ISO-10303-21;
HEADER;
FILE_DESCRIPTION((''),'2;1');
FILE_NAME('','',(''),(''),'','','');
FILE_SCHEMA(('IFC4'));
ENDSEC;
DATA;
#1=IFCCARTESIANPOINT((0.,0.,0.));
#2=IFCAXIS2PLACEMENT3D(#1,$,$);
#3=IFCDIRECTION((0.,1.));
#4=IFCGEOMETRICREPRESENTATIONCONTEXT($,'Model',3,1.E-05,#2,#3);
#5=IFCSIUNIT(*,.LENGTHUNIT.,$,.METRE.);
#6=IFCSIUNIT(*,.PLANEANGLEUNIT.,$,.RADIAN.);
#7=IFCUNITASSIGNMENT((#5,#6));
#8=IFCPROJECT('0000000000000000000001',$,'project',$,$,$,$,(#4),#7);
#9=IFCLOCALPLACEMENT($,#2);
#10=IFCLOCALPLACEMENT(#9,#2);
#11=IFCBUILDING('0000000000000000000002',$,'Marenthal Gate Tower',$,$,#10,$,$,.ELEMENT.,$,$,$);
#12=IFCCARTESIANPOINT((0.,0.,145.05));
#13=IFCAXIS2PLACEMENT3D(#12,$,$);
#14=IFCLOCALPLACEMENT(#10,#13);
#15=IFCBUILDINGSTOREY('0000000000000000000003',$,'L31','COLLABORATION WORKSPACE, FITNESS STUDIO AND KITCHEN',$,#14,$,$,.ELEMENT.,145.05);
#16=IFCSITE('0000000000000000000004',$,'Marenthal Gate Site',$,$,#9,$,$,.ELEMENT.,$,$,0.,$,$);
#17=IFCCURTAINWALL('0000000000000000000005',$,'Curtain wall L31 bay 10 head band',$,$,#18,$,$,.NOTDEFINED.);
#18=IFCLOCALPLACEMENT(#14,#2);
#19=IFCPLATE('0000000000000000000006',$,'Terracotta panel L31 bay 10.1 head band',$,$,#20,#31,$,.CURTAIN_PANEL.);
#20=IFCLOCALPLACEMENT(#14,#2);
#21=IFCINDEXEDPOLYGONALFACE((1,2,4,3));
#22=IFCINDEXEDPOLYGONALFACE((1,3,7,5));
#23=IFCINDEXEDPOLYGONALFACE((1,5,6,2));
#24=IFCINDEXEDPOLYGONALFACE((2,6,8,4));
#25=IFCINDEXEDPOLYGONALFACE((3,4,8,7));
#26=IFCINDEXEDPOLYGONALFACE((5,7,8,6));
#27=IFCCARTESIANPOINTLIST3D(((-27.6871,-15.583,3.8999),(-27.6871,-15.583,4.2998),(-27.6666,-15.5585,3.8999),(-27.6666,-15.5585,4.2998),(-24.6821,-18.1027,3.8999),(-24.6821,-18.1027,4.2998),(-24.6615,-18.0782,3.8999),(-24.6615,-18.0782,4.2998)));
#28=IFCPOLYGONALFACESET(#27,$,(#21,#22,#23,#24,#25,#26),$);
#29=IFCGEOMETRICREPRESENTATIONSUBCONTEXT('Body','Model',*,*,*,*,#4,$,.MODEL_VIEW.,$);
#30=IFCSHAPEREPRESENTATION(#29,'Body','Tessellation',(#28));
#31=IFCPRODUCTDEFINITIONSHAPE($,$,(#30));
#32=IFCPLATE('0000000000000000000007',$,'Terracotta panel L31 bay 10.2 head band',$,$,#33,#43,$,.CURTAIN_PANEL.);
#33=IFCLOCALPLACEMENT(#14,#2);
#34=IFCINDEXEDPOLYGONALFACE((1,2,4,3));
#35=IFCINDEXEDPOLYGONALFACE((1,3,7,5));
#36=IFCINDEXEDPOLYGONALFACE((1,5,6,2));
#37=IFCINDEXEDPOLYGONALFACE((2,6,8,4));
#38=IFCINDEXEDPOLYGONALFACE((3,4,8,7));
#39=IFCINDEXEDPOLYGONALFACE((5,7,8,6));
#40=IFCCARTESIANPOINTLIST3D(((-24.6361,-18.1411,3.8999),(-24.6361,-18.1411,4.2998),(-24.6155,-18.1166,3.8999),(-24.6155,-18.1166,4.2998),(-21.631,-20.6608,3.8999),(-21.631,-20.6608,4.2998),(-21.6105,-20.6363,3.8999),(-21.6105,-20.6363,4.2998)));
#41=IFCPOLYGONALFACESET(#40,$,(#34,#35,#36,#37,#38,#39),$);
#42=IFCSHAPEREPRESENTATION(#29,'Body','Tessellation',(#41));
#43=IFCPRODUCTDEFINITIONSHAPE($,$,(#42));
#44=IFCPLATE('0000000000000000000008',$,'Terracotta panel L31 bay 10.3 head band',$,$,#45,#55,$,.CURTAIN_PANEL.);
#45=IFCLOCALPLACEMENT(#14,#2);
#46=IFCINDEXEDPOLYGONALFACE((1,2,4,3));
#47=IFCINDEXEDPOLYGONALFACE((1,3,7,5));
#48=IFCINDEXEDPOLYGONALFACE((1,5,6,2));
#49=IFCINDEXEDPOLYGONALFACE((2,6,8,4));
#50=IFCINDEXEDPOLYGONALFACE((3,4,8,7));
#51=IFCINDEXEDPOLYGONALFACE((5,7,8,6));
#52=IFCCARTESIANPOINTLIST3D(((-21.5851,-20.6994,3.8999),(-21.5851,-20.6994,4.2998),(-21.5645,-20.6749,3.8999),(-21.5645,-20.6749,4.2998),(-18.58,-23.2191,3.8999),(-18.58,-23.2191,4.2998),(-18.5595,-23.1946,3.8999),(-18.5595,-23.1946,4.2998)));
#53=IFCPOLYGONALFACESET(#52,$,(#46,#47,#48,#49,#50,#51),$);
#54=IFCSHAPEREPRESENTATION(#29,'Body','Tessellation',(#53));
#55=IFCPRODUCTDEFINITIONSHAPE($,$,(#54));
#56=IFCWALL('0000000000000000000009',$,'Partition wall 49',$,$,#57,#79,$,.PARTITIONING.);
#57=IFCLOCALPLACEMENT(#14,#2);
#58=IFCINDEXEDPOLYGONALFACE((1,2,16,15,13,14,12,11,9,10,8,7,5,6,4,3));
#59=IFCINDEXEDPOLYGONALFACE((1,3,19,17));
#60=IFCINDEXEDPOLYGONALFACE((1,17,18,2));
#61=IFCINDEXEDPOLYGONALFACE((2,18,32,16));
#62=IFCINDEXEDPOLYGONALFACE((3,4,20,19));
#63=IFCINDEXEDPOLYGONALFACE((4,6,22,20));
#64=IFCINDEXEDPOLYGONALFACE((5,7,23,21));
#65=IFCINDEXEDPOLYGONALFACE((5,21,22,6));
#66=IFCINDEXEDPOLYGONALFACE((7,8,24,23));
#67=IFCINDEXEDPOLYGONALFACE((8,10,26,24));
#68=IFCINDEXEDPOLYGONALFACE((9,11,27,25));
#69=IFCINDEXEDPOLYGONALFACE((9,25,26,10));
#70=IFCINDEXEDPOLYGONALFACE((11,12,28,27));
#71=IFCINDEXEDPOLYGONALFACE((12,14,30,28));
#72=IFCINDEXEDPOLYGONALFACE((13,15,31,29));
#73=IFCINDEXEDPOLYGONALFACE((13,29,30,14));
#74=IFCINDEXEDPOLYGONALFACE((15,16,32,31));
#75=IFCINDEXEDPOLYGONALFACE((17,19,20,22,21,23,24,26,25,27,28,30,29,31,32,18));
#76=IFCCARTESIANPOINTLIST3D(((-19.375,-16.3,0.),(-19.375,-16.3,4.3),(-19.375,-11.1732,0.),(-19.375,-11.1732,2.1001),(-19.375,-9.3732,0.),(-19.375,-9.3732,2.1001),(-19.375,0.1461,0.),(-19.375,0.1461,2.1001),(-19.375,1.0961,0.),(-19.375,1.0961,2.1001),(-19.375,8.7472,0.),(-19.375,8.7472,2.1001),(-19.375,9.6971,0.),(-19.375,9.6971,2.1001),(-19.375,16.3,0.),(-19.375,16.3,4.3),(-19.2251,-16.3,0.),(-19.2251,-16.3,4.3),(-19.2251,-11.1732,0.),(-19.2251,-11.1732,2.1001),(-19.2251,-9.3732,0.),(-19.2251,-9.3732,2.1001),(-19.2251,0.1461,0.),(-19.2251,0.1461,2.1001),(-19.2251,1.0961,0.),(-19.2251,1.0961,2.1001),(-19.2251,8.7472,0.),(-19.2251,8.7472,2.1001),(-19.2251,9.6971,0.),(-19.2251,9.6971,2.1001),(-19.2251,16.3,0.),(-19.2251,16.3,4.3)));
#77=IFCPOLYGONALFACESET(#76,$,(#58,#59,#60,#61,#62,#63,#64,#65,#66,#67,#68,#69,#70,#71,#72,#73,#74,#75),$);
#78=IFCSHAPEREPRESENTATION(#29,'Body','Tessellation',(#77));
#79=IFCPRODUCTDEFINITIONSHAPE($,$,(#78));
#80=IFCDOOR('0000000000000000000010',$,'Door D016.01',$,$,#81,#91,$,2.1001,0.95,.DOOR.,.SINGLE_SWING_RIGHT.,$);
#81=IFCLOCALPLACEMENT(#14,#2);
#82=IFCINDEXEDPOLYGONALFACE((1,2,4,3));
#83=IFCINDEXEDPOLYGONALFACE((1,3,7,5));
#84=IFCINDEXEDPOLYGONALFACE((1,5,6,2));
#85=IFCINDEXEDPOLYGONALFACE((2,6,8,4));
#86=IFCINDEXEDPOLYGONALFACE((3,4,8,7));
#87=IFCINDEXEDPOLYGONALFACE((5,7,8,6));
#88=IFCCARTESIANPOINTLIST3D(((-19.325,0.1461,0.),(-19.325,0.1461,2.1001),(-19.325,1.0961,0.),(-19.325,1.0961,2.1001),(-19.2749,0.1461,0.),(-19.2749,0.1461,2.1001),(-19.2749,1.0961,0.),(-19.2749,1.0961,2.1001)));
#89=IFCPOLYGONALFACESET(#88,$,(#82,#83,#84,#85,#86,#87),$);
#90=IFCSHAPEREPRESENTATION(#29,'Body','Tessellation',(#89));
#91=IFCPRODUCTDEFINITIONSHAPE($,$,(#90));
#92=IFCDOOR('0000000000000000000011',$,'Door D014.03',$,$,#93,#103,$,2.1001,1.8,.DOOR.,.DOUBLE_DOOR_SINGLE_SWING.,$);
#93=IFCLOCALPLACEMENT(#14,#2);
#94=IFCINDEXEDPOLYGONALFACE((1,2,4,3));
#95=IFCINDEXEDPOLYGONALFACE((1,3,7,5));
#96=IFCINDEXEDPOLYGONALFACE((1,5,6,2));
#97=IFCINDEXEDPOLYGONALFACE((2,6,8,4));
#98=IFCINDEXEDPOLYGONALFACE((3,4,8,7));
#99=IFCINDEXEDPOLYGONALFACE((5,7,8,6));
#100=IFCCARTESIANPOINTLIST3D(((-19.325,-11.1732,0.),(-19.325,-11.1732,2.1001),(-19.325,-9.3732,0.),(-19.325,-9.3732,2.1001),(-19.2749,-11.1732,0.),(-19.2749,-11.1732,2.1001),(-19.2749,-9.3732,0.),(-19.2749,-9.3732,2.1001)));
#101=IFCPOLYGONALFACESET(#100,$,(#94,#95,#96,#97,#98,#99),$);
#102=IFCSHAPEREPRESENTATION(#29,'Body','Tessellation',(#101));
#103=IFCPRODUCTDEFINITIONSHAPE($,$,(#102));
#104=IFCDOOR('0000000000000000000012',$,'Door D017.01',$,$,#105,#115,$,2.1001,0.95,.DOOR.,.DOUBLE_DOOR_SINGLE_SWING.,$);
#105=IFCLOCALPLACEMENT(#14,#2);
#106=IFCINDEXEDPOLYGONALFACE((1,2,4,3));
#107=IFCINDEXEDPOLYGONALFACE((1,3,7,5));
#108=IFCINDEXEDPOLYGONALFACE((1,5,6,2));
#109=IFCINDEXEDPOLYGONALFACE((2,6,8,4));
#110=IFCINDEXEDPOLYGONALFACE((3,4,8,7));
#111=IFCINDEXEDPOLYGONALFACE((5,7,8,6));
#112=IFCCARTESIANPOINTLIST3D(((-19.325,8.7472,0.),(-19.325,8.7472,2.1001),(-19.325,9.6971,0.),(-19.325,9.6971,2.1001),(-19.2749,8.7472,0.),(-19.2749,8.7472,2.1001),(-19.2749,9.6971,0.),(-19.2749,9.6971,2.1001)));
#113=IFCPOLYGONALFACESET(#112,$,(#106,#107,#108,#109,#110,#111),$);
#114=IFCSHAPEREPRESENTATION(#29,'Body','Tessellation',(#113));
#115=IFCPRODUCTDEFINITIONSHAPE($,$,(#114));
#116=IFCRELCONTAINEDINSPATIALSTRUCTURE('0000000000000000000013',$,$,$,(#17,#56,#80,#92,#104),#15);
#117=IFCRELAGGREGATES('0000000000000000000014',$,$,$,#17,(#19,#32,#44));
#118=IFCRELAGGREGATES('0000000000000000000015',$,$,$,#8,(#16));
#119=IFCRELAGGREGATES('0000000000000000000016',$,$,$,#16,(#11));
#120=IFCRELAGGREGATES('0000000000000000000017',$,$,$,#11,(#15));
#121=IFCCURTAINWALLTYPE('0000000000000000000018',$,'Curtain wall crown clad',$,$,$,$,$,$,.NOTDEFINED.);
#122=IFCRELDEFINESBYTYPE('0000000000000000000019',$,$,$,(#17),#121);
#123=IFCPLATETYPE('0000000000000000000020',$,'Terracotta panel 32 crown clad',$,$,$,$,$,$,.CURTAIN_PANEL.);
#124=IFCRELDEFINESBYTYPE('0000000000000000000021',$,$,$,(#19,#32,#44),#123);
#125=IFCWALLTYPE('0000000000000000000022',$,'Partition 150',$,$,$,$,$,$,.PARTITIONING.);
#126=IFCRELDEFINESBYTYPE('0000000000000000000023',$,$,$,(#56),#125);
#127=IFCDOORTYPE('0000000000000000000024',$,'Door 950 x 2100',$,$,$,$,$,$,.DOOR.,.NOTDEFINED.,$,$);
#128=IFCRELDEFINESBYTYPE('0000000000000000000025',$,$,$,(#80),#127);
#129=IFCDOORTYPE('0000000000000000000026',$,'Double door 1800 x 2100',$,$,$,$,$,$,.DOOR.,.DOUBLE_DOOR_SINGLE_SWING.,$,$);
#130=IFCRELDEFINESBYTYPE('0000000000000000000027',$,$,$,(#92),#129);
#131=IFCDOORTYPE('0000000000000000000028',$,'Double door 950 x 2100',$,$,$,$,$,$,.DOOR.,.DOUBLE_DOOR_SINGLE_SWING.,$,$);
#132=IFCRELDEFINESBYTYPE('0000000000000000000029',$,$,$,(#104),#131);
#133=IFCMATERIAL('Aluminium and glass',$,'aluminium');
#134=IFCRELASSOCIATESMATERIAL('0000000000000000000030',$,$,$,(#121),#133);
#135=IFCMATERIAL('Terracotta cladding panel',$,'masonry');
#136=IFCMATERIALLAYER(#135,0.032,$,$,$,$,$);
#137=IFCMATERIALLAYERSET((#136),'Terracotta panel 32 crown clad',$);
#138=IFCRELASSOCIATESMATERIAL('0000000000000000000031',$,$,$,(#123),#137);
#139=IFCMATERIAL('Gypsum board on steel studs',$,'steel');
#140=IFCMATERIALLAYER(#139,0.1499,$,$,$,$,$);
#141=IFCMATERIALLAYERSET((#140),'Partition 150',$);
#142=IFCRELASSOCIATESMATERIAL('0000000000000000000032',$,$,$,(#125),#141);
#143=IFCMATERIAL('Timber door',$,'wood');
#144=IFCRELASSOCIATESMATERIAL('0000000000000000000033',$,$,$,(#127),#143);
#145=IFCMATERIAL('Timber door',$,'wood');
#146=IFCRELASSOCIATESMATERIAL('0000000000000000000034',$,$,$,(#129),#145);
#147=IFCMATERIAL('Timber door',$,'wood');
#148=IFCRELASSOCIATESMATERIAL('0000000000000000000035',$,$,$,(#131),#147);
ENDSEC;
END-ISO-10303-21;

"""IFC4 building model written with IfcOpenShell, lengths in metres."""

from ifc_helpers import new_model, si_unit, direction, frame, frame_2d, origin, origin_2d, place, context, subcontext, project, spatial, rectangle, extrude, material, layer, layer_set, type_object, element, fill, aggregate, save


model = new_model("IFC4")

# Units and contexts
model_context = context("Model", 3, precision=1e-05, world=origin(), true_north=direction((0.0, 1.0)))
body_context = subcontext(model_context, "Body", "Model", "MODEL_VIEW")
ifc_project = project(units=[si_unit("LENGTHUNIT", "METRE"), si_unit("PLANEANGLEUNIT", "RADIAN")], contexts=[model_context])

# Site, building, storey
site_placement = place(None, origin())
site = spatial("IfcSite", under=ifc_project, at=site_placement, Name="Marenthal Gate Site", CompositionType="ELEMENT", RefElevation=0.0)
building_placement = place(site_placement, origin())
building = spatial("IfcBuilding", under=site, at=building_placement, Name="Marenthal Gate Tower", CompositionType="ELEMENT")
storey_placement = place(building_placement, frame((0.0, 0.0, 145.05)))
storey = spatial("IfcBuildingStorey", under=building, at=storey_placement, Name="L31", Description="COLLABORATION WORKSPACE, FITNESS STUDIO AND KITCHEN", CompositionType="ELEMENT", Elevation=145.05)

# Shared definitions
ifc_material_1 = material(Name="Aluminium and glass", Category="aluminium")
curtain_wall_type_1 = type_object("IfcCurtainWallType", Name="Curtain wall crown clad", PredefinedType="NOTDEFINED", material=ifc_material_1)

# Curtain wall
curtain_wall_1_placement = place(storey_placement, origin())
curtain_wall_1 = element("IfcCurtainWall", 1, at=curtain_wall_1_placement, inside=storey, type_object=curtain_wall_type_1, Name="Curtain wall L31 bay 10 head band", PredefinedType="NOTDEFINED")

# Plates
ifc_material_2 = material(Name="Terracotta cladding panel", Category="masonry")
ifc_layer_1 = layer(ifc_material_2, 0.032)
ifc_layer_set_1 = layer_set([ifc_layer_1], Name="Terracotta panel 32 crown clad")
plate_type_1 = type_object("IfcPlateType", Name="Terracotta panel 32 crown clad", PredefinedType="CURTAIN_PANEL", material=ifc_layer_set_1)
plate_1_placement = place(storey_placement, frame((-26.1743, -16.8306, 3.8999), z_axis=(0.0, 0.0, 1.0), x_axis=(0.766277, -0.642511, 0.0)))
plate_1 = element("IfcPlate", 2, at=plate_1_placement, type_object=plate_type_1, Name="Terracotta panel L31 bay 10.1 head band", PredefinedType="CURTAIN_PANEL", context=body_context, shape_type="SweptSolid", body=[
    extrude(rectangle(XDim=3.9216, YDim=0.032, at=origin_2d()), origin(), (0.0, 0.0, 1.0), 0.3999),
])
plate_2_placement = place(storey_placement, frame((-23.1233, -19.3887, 3.8999), z_axis=(0.0, 0.0, 1.0), x_axis=(0.766277, -0.642511, 0.0)))
plate_2 = element("IfcPlate", 3, at=plate_2_placement, type_object=plate_type_1, Name="Terracotta panel L31 bay 10.2 head band", PredefinedType="CURTAIN_PANEL", context=body_context, shape_type="SweptSolid", body=[
    extrude(rectangle(XDim=3.9216, YDim=0.032, at=origin_2d()), origin(), (0.0, 0.0, 1.0), 0.3999),
])
plate_3_placement = place(storey_placement, frame((-20.0723, -21.947, 3.8999), z_axis=(0.0, 0.0, 1.0), x_axis=(0.766277, -0.642511, 0.0)))
plate_3 = element("IfcPlate", 4, at=plate_3_placement, type_object=plate_type_1, Name="Terracotta panel L31 bay 10.3 head band", PredefinedType="CURTAIN_PANEL", context=body_context, shape_type="SweptSolid", body=[
    extrude(rectangle(XDim=3.9216, YDim=0.032, at=origin_2d()), origin(), (0.0, 0.0, 1.0), 0.3999),
])
aggregate(curtain_wall_1, [plate_1, plate_2, plate_3])

# Wall, openings, doors
ifc_material_3 = material(Name="Gypsum board on steel studs", Category="steel")
ifc_layer_2 = layer(ifc_material_3, 0.1499)
ifc_layer_set_2 = layer_set([ifc_layer_2], Name="Partition 150")
wall_type = type_object("IfcWallType", Name="Partition 150", PredefinedType="PARTITIONING", material=ifc_layer_set_2)
wall_placement = place(storey_placement, frame((-19.3, -16.3, 0.0), z_axis=(0.0, 0.0, 1.0), x_axis=(0.0, 1.0, 0.0)))
wall = element("IfcWall", 5, at=wall_placement, inside=storey, type_object=wall_type, Name="Partition wall 49", PredefinedType="PARTITIONING", context=body_context, shape_type="SweptSolid", body=[
    extrude(rectangle(XDim=32.6001, YDim=0.1499, at=frame_2d((16.3, 0.0))), origin(), (0.0, 0.0, 1.0), 4.3),
])
opening_1_placement = place(wall_placement, frame((16.446, 0.0, 0.0)))
opening_1 = element("IfcOpeningElement", 6, at=opening_1_placement, cuts=wall, PredefinedType="OPENING", context=body_context, shape_type="SweptSolid", body=[
    extrude(rectangle(XDim=0.95, YDim=2.1001, at=frame_2d((0.4751, 1.05))), frame((0.0, 0.085, 0.0), z_axis=(0.0, -1.0, 0.0), x_axis=(1.0, 0.0, 0.0)), (0.0, 0.0, 1.0), 0.1699),
])
opening_2_placement = place(wall_placement, frame((5.127, 0.0, 0.0)))
opening_2 = element("IfcOpeningElement", 7, at=opening_2_placement, cuts=wall, PredefinedType="OPENING", context=body_context, shape_type="SweptSolid", body=[
    extrude(rectangle(XDim=1.8, YDim=2.1001, at=frame_2d((0.8999, 1.05))), frame((0.0, 0.085, 0.0), z_axis=(0.0, -1.0, 0.0), x_axis=(1.0, 0.0, 0.0)), (0.0, 0.0, 1.0), 0.1699),
])
opening_3_placement = place(wall_placement, frame((25.0471, 0.0, 0.0)))
opening_3 = element("IfcOpeningElement", 8, at=opening_3_placement, cuts=wall, PredefinedType="OPENING", context=body_context, shape_type="SweptSolid", body=[
    extrude(rectangle(XDim=0.95, YDim=2.1001, at=frame_2d((0.4751, 1.05))), frame((0.0, 0.085, 0.0), z_axis=(0.0, -1.0, 0.0), x_axis=(1.0, 0.0, 0.0)), (0.0, 0.0, 1.0), 0.1699),
])
ifc_material_4 = material(Name="Timber door", Category="wood")
door_type_1 = type_object("IfcDoorType", Name="Door 950 x 2100", OperationType="NOTDEFINED", PredefinedType="DOOR", material=ifc_material_4)
door_1_placement = place(opening_1_placement, origin())
door_1 = element("IfcDoor", 9, at=door_1_placement, inside=storey, type_object=door_type_1, Name="Door D016.01", OperationType="SINGLE_SWING_RIGHT", OverallHeight=2.1001, OverallWidth=0.95, PredefinedType="DOOR", context=body_context, shape_type="SweptSolid", body=[
    extrude(rectangle(XDim=0.95, YDim=2.1001, at=frame_2d((0.4751, 1.05))), frame((0.0, 0.0249, 0.0), z_axis=(0.0, -1.0, 0.0), x_axis=(1.0, 0.0, 0.0)), (0.0, 0.0, 1.0), 0.05),
])
fill(opening_1, door_1)
ifc_material_5 = material(Name="Timber door", Category="wood")
door_type_2 = type_object("IfcDoorType", Name="Double door 1800 x 2100", OperationType="DOUBLE_DOOR_SINGLE_SWING", PredefinedType="DOOR", material=ifc_material_5)
door_2_placement = place(opening_2_placement, origin())
door_2 = element("IfcDoor", 10, at=door_2_placement, inside=storey, type_object=door_type_2, Name="Door D014.03", OperationType="DOUBLE_DOOR_SINGLE_SWING", OverallHeight=2.1001, OverallWidth=1.8, PredefinedType="DOOR", context=body_context, shape_type="SweptSolid", body=[
    extrude(rectangle(XDim=1.8, YDim=2.1001, at=frame_2d((0.8999, 1.05))), frame((0.0, 0.0249, 0.0), z_axis=(0.0, -1.0, 0.0), x_axis=(1.0, 0.0, 0.0)), (0.0, 0.0, 1.0), 0.05),
])
fill(opening_2, door_2)
ifc_material_6 = material(Name="Timber door", Category="wood")
door_type_3 = type_object("IfcDoorType", Name="Double door 950 x 2100", OperationType="DOUBLE_DOOR_SINGLE_SWING", PredefinedType="DOOR", material=ifc_material_6)
door_3_placement = place(opening_3_placement, origin())
door_3 = element("IfcDoor", 11, at=door_3_placement, inside=storey, type_object=door_type_3, Name="Door D017.01", OperationType="DOUBLE_DOOR_SINGLE_SWING", OverallHeight=2.1001, OverallWidth=0.95, PredefinedType="DOOR", context=body_context, shape_type="SweptSolid", body=[
    extrude(rectangle(XDim=0.95, YDim=2.1001, at=frame_2d((0.4751, 1.05))), frame((0.0, 0.0249, 0.0), z_axis=(0.0, -1.0, 0.0), x_axis=(1.0, 0.0, 0.0)), (0.0, 0.0, 1.0), 0.05),
])
fill(opening_3, door_3)

save(model, "model.ifc")
